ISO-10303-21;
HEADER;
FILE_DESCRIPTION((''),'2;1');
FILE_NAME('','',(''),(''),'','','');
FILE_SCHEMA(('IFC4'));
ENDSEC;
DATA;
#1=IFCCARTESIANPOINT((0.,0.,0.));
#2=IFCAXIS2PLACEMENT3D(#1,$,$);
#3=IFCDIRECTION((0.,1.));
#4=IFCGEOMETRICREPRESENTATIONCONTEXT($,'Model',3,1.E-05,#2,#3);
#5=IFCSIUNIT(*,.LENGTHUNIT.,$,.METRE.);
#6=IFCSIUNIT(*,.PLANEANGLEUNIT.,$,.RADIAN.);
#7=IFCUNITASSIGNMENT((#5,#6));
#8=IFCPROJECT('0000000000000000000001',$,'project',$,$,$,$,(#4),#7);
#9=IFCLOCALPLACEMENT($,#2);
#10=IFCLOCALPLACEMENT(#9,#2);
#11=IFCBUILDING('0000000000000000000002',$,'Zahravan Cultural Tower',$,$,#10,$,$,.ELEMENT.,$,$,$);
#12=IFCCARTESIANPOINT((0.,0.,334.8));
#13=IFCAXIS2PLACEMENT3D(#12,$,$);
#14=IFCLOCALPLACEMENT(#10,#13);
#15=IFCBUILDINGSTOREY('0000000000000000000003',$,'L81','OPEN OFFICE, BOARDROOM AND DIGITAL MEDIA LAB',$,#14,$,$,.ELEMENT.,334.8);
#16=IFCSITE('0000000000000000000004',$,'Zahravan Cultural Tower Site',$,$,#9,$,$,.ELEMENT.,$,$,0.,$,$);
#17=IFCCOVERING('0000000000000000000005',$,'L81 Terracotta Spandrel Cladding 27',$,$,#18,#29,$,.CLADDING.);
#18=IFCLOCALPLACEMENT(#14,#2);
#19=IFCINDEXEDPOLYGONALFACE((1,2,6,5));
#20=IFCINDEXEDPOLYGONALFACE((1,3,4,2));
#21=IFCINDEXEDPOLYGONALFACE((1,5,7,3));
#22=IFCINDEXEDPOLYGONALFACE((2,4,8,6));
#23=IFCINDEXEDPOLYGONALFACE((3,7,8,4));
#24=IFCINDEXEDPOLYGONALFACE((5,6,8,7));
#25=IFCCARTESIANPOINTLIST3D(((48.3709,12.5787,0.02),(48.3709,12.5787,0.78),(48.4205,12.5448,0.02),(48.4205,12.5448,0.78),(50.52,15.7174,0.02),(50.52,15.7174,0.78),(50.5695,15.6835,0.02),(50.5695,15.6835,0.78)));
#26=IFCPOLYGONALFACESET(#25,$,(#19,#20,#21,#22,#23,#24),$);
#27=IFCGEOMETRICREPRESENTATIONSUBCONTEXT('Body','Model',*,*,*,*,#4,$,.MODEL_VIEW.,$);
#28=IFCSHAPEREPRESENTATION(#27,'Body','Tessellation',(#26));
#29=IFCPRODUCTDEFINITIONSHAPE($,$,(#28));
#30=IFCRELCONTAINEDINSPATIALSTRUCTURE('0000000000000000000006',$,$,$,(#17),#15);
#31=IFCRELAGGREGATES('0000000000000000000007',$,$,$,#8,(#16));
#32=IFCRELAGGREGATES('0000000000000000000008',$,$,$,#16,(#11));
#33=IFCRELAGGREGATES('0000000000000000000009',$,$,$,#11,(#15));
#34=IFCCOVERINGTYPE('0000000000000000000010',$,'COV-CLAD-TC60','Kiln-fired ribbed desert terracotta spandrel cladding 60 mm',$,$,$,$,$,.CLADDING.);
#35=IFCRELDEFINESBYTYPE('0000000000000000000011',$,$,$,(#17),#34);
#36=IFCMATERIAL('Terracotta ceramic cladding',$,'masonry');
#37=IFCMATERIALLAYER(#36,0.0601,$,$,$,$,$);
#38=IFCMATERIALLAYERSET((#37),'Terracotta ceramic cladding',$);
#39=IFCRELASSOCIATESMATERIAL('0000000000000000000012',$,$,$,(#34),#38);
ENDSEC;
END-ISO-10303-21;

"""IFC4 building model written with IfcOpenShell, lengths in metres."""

from ifc_helpers import new_model, si_unit, direction, frame, origin, origin_2d, place, context, subcontext, project, spatial, rectangle, extrude, source, transform, mapped, material, layer, layer_set, type_object, element, save


model = new_model("IFC4")

# Units and contexts
model_context = context("Model", 3, precision=1e-05, world=origin(), true_north=direction((0.0, 1.0)))
body_context = subcontext(model_context, "Body", "Model", "MODEL_VIEW")
ifc_project = project(units=[si_unit("LENGTHUNIT", "METRE"), si_unit("PLANEANGLEUNIT", "RADIAN")], contexts=[model_context])

# Site, building, storey
site_placement = place(None, origin())
site = spatial("IfcSite", under=ifc_project, at=site_placement, Name="Zahravan Cultural Tower Site", CompositionType="ELEMENT", RefElevation=0.0)
building_placement = place(site_placement, origin())
building = spatial("IfcBuilding", under=site, at=building_placement, Name="Zahravan Cultural Tower", CompositionType="ELEMENT")
storey_placement = place(building_placement, frame((0.0, 0.0, 334.8)))
storey = spatial("IfcBuildingStorey", under=building, at=storey_placement, Name="L81", Description="OPEN OFFICE, BOARDROOM AND DIGITAL MEDIA LAB", CompositionType="ELEMENT", Elevation=334.8)

# Covering
ifc_material_1 = material(Name="Terracotta ceramic cladding", Category="masonry")
ifc_layer_1 = layer(ifc_material_1, 0.0601)
ifc_layer_set_1 = layer_set([ifc_layer_1], Name="Terracotta ceramic cladding")
covering_type = type_object("IfcCoveringType", Name="COV-CLAD-TC60", Description="Kiln-fired ribbed desert terracotta spandrel cladding 60 mm", PredefinedType="CLADDING", material=ifc_layer_set_1)
shared_shape_1 = source(origin(), body_context, "Body", "SweptSolid", [
    extrude(rectangle(XDim=3.804, YDim=0.0601, at=origin_2d()), origin(), (0.0, 0.0, 1.0), 0.76),
])
covering_1_placement = place(storey_placement, frame((49.4702, 14.1311, 0.02), z_axis=(0.0, 0.0, 1.0), x_axis=(-0.564953, -0.825123, 0.0)))
element("IfcCovering", 1, at=covering_1_placement, inside=storey, type_object=covering_type, Name="L81 Terracotta Spandrel Cladding 27", PredefinedType="CLADDING", context=body_context, shape_type="MappedRepresentation", body=[
    mapped(shared_shape_1, transform((0.0, 0.0, 0.0), x_axis=(1.0, 0.0, 0.0), y_axis=(0.0, 1.0, 0.0), z_axis=(0.0, 0.0, 1.0), scale=1.0)),
])

save(model, "model.ifc")
